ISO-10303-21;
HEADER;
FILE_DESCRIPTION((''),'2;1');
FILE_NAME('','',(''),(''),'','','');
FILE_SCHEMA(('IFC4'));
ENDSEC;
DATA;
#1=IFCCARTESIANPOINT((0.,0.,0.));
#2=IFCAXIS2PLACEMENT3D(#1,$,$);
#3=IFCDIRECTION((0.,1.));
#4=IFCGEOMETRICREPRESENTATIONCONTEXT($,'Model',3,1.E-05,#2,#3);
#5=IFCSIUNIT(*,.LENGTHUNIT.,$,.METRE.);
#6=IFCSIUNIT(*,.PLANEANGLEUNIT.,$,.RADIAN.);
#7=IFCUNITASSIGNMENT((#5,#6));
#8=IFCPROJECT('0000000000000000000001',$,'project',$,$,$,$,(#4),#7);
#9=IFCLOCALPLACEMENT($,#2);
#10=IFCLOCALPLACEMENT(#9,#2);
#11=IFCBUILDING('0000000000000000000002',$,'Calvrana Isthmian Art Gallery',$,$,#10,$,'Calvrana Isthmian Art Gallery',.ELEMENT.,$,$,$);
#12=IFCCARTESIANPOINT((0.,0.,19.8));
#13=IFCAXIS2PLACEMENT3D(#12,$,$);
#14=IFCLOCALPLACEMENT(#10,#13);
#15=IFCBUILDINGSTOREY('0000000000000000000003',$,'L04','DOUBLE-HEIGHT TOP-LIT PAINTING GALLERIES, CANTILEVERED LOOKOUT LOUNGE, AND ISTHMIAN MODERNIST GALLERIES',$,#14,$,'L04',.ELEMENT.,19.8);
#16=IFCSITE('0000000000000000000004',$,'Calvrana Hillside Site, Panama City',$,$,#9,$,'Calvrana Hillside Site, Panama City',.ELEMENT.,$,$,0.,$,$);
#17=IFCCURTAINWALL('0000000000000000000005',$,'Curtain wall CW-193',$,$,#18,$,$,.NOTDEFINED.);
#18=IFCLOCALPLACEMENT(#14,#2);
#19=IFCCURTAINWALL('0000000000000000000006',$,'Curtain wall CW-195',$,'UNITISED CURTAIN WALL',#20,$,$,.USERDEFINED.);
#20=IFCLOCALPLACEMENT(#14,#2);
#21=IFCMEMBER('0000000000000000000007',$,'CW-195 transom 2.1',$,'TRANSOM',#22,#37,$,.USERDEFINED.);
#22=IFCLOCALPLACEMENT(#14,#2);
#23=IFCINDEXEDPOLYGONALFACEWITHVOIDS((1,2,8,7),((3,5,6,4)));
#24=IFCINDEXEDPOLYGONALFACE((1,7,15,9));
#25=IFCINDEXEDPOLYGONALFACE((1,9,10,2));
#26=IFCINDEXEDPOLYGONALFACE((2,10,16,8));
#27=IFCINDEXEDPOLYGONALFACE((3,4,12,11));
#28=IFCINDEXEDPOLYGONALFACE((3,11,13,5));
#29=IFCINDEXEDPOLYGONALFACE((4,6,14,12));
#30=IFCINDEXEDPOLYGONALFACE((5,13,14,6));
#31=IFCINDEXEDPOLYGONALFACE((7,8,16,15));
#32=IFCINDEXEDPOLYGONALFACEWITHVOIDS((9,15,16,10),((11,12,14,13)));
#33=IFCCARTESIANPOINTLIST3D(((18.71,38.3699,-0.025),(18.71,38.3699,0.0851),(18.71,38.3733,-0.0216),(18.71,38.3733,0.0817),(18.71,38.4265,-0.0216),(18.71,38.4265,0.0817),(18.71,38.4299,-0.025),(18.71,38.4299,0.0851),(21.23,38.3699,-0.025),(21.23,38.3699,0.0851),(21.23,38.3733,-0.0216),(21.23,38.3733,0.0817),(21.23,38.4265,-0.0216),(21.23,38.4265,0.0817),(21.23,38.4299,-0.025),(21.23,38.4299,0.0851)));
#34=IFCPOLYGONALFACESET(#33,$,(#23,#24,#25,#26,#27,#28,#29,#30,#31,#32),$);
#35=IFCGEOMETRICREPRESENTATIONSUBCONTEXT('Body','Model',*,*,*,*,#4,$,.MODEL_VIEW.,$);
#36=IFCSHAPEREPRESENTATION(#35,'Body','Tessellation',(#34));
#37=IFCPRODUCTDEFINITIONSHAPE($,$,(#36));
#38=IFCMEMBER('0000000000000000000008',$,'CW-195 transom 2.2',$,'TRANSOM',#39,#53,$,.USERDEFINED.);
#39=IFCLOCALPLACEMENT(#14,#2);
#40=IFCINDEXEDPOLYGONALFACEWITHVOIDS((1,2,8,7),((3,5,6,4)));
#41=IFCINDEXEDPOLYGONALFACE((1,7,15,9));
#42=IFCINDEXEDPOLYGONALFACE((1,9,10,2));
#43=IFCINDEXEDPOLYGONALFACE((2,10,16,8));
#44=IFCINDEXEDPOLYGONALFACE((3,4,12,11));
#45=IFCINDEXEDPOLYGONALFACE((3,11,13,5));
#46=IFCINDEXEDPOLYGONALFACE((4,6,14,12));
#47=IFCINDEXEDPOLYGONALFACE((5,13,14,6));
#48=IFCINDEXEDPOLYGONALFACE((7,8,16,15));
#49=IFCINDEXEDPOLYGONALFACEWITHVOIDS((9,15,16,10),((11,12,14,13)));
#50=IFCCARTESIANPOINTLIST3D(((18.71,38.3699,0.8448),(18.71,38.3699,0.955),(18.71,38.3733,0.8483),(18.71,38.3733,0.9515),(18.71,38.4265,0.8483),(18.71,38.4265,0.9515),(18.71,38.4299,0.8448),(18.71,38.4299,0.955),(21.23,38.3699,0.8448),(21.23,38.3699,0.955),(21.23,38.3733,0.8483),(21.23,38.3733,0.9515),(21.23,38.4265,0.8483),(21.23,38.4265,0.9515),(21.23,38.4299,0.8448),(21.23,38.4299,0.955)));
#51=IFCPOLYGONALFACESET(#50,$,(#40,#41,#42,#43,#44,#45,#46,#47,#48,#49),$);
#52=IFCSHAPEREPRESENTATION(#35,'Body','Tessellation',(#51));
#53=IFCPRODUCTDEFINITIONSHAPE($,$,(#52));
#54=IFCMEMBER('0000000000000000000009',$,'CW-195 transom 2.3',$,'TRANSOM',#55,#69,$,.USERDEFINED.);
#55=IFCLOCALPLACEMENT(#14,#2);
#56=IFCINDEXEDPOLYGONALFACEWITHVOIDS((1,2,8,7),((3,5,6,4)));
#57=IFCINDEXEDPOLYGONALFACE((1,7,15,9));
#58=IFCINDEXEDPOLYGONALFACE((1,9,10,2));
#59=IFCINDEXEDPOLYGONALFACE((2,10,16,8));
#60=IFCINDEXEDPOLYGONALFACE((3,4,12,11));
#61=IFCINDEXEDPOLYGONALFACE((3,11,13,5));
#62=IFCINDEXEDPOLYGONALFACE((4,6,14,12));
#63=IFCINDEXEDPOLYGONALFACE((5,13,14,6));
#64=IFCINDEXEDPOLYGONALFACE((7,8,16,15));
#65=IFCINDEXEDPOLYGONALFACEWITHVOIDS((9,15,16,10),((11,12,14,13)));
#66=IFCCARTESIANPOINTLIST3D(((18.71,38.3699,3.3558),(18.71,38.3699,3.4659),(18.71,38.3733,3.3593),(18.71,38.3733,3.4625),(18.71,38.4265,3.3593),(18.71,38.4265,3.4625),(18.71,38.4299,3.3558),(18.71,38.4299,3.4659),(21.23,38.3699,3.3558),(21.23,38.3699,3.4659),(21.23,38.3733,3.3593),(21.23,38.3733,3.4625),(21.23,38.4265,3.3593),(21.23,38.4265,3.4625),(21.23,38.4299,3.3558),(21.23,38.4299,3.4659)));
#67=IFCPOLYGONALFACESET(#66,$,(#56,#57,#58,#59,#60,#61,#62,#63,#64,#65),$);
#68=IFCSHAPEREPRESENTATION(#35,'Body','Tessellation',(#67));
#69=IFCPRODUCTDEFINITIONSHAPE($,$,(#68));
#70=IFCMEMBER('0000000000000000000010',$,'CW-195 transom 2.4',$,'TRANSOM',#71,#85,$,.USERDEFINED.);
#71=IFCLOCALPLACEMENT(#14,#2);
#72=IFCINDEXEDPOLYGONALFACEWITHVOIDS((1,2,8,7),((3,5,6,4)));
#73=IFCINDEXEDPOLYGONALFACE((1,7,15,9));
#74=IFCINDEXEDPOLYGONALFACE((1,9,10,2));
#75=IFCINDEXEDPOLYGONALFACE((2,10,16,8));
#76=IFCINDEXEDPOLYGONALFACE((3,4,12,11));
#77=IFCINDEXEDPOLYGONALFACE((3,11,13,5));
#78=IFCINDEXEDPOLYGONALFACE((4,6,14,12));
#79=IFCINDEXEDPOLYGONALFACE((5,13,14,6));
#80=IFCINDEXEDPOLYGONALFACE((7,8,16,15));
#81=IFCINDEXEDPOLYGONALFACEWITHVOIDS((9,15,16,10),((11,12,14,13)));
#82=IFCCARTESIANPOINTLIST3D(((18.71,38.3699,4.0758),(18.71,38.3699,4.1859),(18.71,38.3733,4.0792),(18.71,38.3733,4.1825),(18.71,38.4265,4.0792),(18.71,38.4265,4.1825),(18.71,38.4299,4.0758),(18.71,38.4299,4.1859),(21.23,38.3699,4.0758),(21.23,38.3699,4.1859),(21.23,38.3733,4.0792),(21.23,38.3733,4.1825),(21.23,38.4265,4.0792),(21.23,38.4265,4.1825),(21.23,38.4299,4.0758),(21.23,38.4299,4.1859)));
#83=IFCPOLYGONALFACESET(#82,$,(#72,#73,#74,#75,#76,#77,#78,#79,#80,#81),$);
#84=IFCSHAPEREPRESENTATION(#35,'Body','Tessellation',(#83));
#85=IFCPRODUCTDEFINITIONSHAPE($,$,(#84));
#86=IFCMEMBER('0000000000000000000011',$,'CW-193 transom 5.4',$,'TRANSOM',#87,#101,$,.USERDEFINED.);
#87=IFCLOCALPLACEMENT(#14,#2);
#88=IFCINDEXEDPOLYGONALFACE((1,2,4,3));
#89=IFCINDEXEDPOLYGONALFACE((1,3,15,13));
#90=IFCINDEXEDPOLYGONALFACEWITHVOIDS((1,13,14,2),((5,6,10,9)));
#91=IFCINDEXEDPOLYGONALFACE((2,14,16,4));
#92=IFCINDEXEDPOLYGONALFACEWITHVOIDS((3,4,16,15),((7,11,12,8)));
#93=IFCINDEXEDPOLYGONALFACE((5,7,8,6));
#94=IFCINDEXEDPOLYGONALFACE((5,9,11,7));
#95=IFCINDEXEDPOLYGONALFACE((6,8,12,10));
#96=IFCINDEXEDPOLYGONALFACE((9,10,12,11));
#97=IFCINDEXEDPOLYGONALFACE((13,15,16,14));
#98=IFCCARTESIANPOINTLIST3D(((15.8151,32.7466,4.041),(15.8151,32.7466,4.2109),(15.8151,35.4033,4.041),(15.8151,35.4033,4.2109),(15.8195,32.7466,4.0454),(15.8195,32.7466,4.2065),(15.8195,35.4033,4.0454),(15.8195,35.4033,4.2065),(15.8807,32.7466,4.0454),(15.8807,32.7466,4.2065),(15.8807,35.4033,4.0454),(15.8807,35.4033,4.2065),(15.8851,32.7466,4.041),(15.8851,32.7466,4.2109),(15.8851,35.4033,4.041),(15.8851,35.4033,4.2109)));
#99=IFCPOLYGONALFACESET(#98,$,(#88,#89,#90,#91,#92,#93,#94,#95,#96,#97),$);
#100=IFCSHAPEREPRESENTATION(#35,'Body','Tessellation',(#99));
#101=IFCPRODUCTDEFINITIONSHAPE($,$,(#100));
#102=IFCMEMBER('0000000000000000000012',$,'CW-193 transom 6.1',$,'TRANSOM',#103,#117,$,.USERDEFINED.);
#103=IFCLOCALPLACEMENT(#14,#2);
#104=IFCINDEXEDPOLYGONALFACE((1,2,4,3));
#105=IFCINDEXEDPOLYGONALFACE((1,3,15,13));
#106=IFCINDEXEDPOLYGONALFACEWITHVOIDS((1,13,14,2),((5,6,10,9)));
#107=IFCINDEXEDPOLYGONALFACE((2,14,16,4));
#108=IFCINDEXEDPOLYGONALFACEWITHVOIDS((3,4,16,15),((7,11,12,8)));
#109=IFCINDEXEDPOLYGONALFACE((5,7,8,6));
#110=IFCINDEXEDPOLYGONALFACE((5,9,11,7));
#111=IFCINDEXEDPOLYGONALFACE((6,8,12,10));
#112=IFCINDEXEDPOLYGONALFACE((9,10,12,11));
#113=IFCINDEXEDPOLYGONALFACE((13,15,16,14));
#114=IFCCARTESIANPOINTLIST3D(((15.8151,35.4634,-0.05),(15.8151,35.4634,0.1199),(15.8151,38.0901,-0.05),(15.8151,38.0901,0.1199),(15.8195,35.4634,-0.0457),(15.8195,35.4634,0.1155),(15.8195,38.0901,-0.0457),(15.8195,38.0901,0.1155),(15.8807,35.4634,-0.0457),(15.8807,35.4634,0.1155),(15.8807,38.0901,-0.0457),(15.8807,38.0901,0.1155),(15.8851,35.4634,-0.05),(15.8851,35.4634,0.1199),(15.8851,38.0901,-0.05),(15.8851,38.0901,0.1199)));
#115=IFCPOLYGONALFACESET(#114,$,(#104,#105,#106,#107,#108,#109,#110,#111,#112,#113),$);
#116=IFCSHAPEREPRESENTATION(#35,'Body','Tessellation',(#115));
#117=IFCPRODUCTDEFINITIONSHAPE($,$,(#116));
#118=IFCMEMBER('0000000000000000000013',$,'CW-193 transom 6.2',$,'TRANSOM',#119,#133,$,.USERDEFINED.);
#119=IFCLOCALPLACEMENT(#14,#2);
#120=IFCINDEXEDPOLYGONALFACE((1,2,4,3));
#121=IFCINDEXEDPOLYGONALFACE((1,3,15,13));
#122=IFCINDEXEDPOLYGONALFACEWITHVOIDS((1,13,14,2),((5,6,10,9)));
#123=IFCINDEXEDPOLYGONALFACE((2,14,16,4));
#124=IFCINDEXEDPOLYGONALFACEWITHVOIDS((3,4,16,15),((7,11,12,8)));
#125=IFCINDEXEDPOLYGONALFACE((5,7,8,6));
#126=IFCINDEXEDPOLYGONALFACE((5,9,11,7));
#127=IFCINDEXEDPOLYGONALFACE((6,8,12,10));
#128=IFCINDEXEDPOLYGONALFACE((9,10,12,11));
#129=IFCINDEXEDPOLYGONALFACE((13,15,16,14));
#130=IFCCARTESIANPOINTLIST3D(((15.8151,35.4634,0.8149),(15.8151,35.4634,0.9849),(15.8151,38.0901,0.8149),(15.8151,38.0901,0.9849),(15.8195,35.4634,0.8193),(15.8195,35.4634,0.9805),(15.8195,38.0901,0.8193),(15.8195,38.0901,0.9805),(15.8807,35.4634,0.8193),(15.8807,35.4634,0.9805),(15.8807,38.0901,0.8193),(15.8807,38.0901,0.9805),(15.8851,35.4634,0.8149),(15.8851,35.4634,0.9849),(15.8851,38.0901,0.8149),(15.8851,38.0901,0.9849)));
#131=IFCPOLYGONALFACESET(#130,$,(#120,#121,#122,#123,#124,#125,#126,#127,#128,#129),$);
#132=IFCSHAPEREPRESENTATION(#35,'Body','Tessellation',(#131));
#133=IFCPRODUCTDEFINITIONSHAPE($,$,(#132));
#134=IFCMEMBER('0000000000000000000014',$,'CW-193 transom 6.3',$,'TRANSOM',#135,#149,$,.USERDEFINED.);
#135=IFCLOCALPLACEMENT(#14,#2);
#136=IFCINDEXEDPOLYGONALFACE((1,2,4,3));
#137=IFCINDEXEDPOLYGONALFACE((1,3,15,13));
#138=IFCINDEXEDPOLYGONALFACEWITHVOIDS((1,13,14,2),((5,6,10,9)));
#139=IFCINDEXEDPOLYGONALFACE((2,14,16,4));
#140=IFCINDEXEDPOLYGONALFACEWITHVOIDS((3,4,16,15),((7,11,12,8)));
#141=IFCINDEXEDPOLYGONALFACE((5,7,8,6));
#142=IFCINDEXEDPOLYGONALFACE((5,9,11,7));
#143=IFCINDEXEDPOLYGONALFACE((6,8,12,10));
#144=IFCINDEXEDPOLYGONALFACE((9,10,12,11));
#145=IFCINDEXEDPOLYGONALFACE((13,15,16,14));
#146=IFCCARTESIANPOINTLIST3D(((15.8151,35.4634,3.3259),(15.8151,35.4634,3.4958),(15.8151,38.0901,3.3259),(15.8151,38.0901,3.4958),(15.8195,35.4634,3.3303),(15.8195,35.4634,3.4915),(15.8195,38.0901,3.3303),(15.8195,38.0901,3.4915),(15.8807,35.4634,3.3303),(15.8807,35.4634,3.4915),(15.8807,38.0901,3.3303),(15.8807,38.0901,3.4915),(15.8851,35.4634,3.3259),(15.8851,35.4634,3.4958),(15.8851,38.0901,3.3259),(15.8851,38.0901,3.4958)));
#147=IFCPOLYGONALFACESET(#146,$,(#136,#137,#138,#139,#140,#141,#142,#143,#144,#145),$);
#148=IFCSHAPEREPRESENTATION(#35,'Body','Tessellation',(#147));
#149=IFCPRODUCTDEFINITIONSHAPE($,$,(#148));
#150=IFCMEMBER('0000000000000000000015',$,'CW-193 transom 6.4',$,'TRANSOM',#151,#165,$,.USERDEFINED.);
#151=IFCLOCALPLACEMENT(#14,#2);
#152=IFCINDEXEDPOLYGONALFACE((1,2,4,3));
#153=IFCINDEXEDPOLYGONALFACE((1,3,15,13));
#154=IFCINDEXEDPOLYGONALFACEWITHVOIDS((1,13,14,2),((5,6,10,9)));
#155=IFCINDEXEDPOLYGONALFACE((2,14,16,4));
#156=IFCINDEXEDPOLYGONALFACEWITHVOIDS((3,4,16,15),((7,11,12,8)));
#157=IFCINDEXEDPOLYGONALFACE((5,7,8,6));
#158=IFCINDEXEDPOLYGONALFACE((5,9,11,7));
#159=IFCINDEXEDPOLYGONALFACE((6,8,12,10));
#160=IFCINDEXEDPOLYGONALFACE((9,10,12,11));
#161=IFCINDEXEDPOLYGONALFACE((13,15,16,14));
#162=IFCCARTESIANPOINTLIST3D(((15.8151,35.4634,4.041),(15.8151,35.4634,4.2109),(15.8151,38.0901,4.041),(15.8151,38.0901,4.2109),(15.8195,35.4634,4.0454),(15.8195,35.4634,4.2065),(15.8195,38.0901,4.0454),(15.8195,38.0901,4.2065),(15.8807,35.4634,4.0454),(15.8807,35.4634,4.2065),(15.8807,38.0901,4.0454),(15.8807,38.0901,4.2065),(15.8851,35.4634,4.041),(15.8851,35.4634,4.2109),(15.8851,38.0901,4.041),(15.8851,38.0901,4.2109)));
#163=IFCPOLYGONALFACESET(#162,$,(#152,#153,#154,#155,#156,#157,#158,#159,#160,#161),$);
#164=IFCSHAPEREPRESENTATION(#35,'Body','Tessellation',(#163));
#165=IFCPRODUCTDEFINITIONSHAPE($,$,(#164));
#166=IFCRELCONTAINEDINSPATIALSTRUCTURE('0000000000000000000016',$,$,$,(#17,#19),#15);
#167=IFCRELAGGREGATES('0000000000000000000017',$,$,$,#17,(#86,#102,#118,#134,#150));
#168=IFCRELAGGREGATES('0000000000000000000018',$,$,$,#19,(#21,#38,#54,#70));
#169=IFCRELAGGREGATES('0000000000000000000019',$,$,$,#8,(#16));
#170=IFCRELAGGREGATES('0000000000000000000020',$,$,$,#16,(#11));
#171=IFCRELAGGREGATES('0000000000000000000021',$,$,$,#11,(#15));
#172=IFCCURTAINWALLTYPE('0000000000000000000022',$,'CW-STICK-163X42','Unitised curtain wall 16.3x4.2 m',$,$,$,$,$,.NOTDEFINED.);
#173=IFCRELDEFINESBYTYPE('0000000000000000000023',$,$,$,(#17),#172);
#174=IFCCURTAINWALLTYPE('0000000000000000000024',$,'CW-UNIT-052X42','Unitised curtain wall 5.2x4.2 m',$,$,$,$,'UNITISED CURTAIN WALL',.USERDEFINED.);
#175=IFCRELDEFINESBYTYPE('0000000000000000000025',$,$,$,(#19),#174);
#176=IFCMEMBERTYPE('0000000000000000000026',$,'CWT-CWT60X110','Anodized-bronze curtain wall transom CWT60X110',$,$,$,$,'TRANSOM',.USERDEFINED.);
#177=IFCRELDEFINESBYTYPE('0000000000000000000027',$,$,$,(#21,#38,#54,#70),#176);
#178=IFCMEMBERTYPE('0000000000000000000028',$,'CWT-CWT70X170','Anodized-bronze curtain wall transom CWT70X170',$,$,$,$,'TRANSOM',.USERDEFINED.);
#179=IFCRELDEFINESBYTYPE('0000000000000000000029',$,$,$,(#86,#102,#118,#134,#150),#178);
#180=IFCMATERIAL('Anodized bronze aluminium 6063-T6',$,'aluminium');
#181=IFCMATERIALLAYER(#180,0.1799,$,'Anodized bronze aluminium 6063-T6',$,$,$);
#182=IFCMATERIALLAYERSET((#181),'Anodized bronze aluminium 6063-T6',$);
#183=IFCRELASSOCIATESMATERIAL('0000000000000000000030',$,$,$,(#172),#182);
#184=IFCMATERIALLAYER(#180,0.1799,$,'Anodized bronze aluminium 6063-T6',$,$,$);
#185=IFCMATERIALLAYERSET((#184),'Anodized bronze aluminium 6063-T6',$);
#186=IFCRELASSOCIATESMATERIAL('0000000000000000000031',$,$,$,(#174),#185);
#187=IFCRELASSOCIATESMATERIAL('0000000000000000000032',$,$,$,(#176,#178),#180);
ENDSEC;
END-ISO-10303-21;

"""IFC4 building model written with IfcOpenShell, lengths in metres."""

from ifc_helpers import new_model, si_unit, direction, frame, origin, origin_2d, place, context, subcontext, project, spatial, hollow_rectangle, extrude, material, layer, layer_set, material_profile, profile_set, type_object, element, aggregate, save


model = new_model("IFC4")

# Units and contexts
model_context = context("Model", 3, precision=1e-05, world=origin(), true_north=direction((0.0, 1.0)))
body_context = subcontext(model_context, "Body", "Model", "MODEL_VIEW")
ifc_project = project(units=[si_unit("LENGTHUNIT", "METRE"), si_unit("PLANEANGLEUNIT", "RADIAN")], contexts=[model_context])

# Site, building, storey
site_placement = place(None, origin())
site = spatial("IfcSite", under=ifc_project, at=site_placement, Name="Calvrana Hillside Site, Panama City", LongName="Calvrana Hillside Site, Panama City", CompositionType="ELEMENT", RefElevation=0.0)
building_placement = place(site_placement, origin())
building = spatial("IfcBuilding", under=site, at=building_placement, Name="Calvrana Isthmian Art Gallery", LongName="Calvrana Isthmian Art Gallery", CompositionType="ELEMENT")
storey_placement = place(building_placement, frame((0.0, 0.0, 19.8)))
storey = spatial("IfcBuildingStorey", under=building, at=storey_placement, Name="L04", Description="DOUBLE-HEIGHT TOP-LIT PAINTING GALLERIES, CANTILEVERED LOOKOUT LOUNGE, AND ISTHMIAN MODERNIST GALLERIES", LongName="L04", CompositionType="ELEMENT", Elevation=19.8)

# Curtain walls, members
ifc_material_1 = material(Name="Anodized bronze aluminium 6063-T6", Category="aluminium")
ifc_layer_1 = layer(ifc_material_1, 0.1799, Name="Anodized bronze aluminium 6063-T6")
ifc_layer_set_1 = layer_set([ifc_layer_1], Name="Anodized bronze aluminium 6063-T6")
curtain_wall_type_1 = type_object("IfcCurtainWallType", Name="CW-STICK-163X42", Description="Unitised curtain wall 16.3x4.2 m", PredefinedType="NOTDEFINED", material=ifc_layer_set_1)
curtain_wall_1_placement = place(storey_placement, origin())
curtain_wall_1 = element("IfcCurtainWall", 1, at=curtain_wall_1_placement, inside=storey, type_object=curtain_wall_type_1, Name="Curtain wall CW-193", PredefinedType="NOTDEFINED")
ifc_layer_2 = layer(ifc_material_1, 0.1799, Name="Anodized bronze aluminium 6063-T6")
ifc_layer_set_2 = layer_set([ifc_layer_2], Name="Anodized bronze aluminium 6063-T6")
curtain_wall_type_2 = type_object("IfcCurtainWallType", Name="CW-UNIT-052X42", Description="Unitised curtain wall 5.2x4.2 m", ElementType="UNITISED CURTAIN WALL", PredefinedType="USERDEFINED", material=ifc_layer_set_2)
curtain_wall_2_placement = place(storey_placement, origin())
curtain_wall_2 = element("IfcCurtainWall", 2, at=curtain_wall_2_placement, inside=storey, type_object=curtain_wall_type_2, Name="Curtain wall CW-195", ObjectType="UNITISED CURTAIN WALL", PredefinedType="USERDEFINED")
ifc_material_profile_1 = material_profile(ifc_material_1, hollow_rectangle(XDim=0.0601, YDim=0.1101, WallThickness=0.0034, at=origin_2d()), Name="CWT60X110")
ifc_profile_set_1 = profile_set([ifc_material_profile_1], Name="Anodized bronze aluminium 6063-T6")
member_type_1 = type_object("IfcMemberType", Name="CWT-CWT60X110", Description="Anodized-bronze curtain wall transom CWT60X110", ElementType="TRANSOM", PredefinedType="USERDEFINED", material=ifc_profile_set_1)
member_1_placement = place(storey_placement, frame((18.71, 38.3999, 0.03), z_axis=(1.0, 0.0, 0.0), x_axis=(0.0, 1.0, 0.0)))
member_1 = element("IfcMember", 3, at=member_1_placement, type_object=member_type_1, Name="CW-195 transom 2.1", ObjectType="TRANSOM", PredefinedType="USERDEFINED", context=body_context, shape_type="SweptSolid", body=[
    extrude(hollow_rectangle(XDim=0.0601, YDim=0.1101, WallThickness=0.0034, at=origin_2d()), origin(), (0.0, 0.0, 1.0), 2.52),
])
member_2_placement = place(storey_placement, frame((18.71, 38.3999, 0.8999), z_axis=(1.0, 0.0, 0.0), x_axis=(0.0, 1.0, 0.0)))
member_2 = element("IfcMember", 4, at=member_2_placement, type_object=member_type_1, Name="CW-195 transom 2.2", ObjectType="TRANSOM", PredefinedType="USERDEFINED", context=body_context, shape_type="SweptSolid", body=[
    extrude(hollow_rectangle(XDim=0.0601, YDim=0.1101, WallThickness=0.0034, at=origin_2d()), origin(), (0.0, 0.0, 1.0), 2.52),
])
member_3_placement = place(storey_placement, frame((18.71, 38.3999, 3.4109), z_axis=(1.0, 0.0, 0.0), x_axis=(0.0, 1.0, 0.0)))
member_3 = element("IfcMember", 5, at=member_3_placement, type_object=member_type_1, Name="CW-195 transom 2.3", ObjectType="TRANSOM", PredefinedType="USERDEFINED", context=body_context, shape_type="SweptSolid", body=[
    extrude(hollow_rectangle(XDim=0.0601, YDim=0.1101, WallThickness=0.0034, at=origin_2d()), origin(), (0.0, 0.0, 1.0), 2.52),
])
member_4_placement = place(storey_placement, frame((18.71, 38.3999, 4.1309), z_axis=(1.0, 0.0, 0.0), x_axis=(0.0, 1.0, 0.0)))
member_4 = element("IfcMember", 6, at=member_4_placement, type_object=member_type_1, Name="CW-195 transom 2.4", ObjectType="TRANSOM", PredefinedType="USERDEFINED", context=body_context, shape_type="SweptSolid", body=[
    extrude(hollow_rectangle(XDim=0.0601, YDim=0.1101, WallThickness=0.0034, at=origin_2d()), origin(), (0.0, 0.0, 1.0), 2.52),
])

# Members
ifc_material_profile_2 = material_profile(ifc_material_1, hollow_rectangle(XDim=0.0701, YDim=0.1699, WallThickness=0.0044, at=origin_2d()), Name="CWT70X170")
ifc_profile_set_2 = profile_set([ifc_material_profile_2], Name="Anodized bronze aluminium 6063-T6")
member_type_2 = type_object("IfcMemberType", Name="CWT-CWT70X170", Description="Anodized-bronze curtain wall transom CWT70X170", ElementType="TRANSOM", PredefinedType="USERDEFINED", material=ifc_profile_set_2)
member_5_placement = place(storey_placement, frame((15.8501, 32.7466, 4.126), z_axis=(0.0, 1.0, 0.0), x_axis=(-1.0, 0.0, 0.0)))
member_5 = element("IfcMember", 7, at=member_5_placement, type_object=member_type_2, Name="CW-193 transom 5.4", ObjectType="TRANSOM", PredefinedType="USERDEFINED", context=body_context, shape_type="SweptSolid", body=[
    extrude(hollow_rectangle(XDim=0.0701, YDim=0.1699, WallThickness=0.0044, at=origin_2d()), origin(), (0.0, 0.0, 1.0), 2.6567),
])
member_6_placement = place(storey_placement, frame((15.8501, 35.4634, 0.0349), z_axis=(0.0, 1.0, 0.0), x_axis=(-1.0, 0.0, 0.0)))
member_6 = element("IfcMember", 8, at=member_6_placement, type_object=member_type_2, Name="CW-193 transom 6.1", ObjectType="TRANSOM", PredefinedType="USERDEFINED", context=body_context, shape_type="SweptSolid", body=[
    extrude(hollow_rectangle(XDim=0.0701, YDim=0.1699, WallThickness=0.0044, at=origin_2d()), origin(), (0.0, 0.0, 1.0), 2.6267),
])
member_7_placement = place(storey_placement, frame((15.8501, 35.4634, 0.8999), z_axis=(0.0, 1.0, 0.0), x_axis=(-1.0, 0.0, 0.0)))
member_7 = element("IfcMember", 9, at=member_7_placement, type_object=member_type_2, Name="CW-193 transom 6.2", ObjectType="TRANSOM", PredefinedType="USERDEFINED", context=body_context, shape_type="SweptSolid", body=[
    extrude(hollow_rectangle(XDim=0.0701, YDim=0.1699, WallThickness=0.0044, at=origin_2d()), origin(), (0.0, 0.0, 1.0), 2.6267),
])
member_8_placement = place(storey_placement, frame((15.8501, 35.4634, 3.4109), z_axis=(0.0, 1.0, 0.0), x_axis=(-1.0, 0.0, 0.0)))
member_8 = element("IfcMember", 10, at=member_8_placement, type_object=member_type_2, Name="CW-193 transom 6.3", ObjectType="TRANSOM", PredefinedType="USERDEFINED", context=body_context, shape_type="SweptSolid", body=[
    extrude(hollow_rectangle(XDim=0.0701, YDim=0.1699, WallThickness=0.0044, at=origin_2d()), origin(), (0.0, 0.0, 1.0), 2.6267),
])
member_9_placement = place(storey_placement, frame((15.8501, 35.4634, 4.126), z_axis=(0.0, 1.0, 0.0), x_axis=(-1.0, 0.0, 0.0)))
member_9 = element("IfcMember", 11, at=member_9_placement, type_object=member_type_2, Name="CW-193 transom 6.4", ObjectType="TRANSOM", PredefinedType="USERDEFINED", context=body_context, shape_type="SweptSolid", body=[
    extrude(hollow_rectangle(XDim=0.0701, YDim=0.1699, WallThickness=0.0044, at=origin_2d()), origin(), (0.0, 0.0, 1.0), 2.6267),
])

aggregate(curtain_wall_1, [member_5, member_6, member_7, member_8, member_9])
aggregate(curtain_wall_2, [member_1, member_2, member_3, member_4])

save(model, "model.ifc")
